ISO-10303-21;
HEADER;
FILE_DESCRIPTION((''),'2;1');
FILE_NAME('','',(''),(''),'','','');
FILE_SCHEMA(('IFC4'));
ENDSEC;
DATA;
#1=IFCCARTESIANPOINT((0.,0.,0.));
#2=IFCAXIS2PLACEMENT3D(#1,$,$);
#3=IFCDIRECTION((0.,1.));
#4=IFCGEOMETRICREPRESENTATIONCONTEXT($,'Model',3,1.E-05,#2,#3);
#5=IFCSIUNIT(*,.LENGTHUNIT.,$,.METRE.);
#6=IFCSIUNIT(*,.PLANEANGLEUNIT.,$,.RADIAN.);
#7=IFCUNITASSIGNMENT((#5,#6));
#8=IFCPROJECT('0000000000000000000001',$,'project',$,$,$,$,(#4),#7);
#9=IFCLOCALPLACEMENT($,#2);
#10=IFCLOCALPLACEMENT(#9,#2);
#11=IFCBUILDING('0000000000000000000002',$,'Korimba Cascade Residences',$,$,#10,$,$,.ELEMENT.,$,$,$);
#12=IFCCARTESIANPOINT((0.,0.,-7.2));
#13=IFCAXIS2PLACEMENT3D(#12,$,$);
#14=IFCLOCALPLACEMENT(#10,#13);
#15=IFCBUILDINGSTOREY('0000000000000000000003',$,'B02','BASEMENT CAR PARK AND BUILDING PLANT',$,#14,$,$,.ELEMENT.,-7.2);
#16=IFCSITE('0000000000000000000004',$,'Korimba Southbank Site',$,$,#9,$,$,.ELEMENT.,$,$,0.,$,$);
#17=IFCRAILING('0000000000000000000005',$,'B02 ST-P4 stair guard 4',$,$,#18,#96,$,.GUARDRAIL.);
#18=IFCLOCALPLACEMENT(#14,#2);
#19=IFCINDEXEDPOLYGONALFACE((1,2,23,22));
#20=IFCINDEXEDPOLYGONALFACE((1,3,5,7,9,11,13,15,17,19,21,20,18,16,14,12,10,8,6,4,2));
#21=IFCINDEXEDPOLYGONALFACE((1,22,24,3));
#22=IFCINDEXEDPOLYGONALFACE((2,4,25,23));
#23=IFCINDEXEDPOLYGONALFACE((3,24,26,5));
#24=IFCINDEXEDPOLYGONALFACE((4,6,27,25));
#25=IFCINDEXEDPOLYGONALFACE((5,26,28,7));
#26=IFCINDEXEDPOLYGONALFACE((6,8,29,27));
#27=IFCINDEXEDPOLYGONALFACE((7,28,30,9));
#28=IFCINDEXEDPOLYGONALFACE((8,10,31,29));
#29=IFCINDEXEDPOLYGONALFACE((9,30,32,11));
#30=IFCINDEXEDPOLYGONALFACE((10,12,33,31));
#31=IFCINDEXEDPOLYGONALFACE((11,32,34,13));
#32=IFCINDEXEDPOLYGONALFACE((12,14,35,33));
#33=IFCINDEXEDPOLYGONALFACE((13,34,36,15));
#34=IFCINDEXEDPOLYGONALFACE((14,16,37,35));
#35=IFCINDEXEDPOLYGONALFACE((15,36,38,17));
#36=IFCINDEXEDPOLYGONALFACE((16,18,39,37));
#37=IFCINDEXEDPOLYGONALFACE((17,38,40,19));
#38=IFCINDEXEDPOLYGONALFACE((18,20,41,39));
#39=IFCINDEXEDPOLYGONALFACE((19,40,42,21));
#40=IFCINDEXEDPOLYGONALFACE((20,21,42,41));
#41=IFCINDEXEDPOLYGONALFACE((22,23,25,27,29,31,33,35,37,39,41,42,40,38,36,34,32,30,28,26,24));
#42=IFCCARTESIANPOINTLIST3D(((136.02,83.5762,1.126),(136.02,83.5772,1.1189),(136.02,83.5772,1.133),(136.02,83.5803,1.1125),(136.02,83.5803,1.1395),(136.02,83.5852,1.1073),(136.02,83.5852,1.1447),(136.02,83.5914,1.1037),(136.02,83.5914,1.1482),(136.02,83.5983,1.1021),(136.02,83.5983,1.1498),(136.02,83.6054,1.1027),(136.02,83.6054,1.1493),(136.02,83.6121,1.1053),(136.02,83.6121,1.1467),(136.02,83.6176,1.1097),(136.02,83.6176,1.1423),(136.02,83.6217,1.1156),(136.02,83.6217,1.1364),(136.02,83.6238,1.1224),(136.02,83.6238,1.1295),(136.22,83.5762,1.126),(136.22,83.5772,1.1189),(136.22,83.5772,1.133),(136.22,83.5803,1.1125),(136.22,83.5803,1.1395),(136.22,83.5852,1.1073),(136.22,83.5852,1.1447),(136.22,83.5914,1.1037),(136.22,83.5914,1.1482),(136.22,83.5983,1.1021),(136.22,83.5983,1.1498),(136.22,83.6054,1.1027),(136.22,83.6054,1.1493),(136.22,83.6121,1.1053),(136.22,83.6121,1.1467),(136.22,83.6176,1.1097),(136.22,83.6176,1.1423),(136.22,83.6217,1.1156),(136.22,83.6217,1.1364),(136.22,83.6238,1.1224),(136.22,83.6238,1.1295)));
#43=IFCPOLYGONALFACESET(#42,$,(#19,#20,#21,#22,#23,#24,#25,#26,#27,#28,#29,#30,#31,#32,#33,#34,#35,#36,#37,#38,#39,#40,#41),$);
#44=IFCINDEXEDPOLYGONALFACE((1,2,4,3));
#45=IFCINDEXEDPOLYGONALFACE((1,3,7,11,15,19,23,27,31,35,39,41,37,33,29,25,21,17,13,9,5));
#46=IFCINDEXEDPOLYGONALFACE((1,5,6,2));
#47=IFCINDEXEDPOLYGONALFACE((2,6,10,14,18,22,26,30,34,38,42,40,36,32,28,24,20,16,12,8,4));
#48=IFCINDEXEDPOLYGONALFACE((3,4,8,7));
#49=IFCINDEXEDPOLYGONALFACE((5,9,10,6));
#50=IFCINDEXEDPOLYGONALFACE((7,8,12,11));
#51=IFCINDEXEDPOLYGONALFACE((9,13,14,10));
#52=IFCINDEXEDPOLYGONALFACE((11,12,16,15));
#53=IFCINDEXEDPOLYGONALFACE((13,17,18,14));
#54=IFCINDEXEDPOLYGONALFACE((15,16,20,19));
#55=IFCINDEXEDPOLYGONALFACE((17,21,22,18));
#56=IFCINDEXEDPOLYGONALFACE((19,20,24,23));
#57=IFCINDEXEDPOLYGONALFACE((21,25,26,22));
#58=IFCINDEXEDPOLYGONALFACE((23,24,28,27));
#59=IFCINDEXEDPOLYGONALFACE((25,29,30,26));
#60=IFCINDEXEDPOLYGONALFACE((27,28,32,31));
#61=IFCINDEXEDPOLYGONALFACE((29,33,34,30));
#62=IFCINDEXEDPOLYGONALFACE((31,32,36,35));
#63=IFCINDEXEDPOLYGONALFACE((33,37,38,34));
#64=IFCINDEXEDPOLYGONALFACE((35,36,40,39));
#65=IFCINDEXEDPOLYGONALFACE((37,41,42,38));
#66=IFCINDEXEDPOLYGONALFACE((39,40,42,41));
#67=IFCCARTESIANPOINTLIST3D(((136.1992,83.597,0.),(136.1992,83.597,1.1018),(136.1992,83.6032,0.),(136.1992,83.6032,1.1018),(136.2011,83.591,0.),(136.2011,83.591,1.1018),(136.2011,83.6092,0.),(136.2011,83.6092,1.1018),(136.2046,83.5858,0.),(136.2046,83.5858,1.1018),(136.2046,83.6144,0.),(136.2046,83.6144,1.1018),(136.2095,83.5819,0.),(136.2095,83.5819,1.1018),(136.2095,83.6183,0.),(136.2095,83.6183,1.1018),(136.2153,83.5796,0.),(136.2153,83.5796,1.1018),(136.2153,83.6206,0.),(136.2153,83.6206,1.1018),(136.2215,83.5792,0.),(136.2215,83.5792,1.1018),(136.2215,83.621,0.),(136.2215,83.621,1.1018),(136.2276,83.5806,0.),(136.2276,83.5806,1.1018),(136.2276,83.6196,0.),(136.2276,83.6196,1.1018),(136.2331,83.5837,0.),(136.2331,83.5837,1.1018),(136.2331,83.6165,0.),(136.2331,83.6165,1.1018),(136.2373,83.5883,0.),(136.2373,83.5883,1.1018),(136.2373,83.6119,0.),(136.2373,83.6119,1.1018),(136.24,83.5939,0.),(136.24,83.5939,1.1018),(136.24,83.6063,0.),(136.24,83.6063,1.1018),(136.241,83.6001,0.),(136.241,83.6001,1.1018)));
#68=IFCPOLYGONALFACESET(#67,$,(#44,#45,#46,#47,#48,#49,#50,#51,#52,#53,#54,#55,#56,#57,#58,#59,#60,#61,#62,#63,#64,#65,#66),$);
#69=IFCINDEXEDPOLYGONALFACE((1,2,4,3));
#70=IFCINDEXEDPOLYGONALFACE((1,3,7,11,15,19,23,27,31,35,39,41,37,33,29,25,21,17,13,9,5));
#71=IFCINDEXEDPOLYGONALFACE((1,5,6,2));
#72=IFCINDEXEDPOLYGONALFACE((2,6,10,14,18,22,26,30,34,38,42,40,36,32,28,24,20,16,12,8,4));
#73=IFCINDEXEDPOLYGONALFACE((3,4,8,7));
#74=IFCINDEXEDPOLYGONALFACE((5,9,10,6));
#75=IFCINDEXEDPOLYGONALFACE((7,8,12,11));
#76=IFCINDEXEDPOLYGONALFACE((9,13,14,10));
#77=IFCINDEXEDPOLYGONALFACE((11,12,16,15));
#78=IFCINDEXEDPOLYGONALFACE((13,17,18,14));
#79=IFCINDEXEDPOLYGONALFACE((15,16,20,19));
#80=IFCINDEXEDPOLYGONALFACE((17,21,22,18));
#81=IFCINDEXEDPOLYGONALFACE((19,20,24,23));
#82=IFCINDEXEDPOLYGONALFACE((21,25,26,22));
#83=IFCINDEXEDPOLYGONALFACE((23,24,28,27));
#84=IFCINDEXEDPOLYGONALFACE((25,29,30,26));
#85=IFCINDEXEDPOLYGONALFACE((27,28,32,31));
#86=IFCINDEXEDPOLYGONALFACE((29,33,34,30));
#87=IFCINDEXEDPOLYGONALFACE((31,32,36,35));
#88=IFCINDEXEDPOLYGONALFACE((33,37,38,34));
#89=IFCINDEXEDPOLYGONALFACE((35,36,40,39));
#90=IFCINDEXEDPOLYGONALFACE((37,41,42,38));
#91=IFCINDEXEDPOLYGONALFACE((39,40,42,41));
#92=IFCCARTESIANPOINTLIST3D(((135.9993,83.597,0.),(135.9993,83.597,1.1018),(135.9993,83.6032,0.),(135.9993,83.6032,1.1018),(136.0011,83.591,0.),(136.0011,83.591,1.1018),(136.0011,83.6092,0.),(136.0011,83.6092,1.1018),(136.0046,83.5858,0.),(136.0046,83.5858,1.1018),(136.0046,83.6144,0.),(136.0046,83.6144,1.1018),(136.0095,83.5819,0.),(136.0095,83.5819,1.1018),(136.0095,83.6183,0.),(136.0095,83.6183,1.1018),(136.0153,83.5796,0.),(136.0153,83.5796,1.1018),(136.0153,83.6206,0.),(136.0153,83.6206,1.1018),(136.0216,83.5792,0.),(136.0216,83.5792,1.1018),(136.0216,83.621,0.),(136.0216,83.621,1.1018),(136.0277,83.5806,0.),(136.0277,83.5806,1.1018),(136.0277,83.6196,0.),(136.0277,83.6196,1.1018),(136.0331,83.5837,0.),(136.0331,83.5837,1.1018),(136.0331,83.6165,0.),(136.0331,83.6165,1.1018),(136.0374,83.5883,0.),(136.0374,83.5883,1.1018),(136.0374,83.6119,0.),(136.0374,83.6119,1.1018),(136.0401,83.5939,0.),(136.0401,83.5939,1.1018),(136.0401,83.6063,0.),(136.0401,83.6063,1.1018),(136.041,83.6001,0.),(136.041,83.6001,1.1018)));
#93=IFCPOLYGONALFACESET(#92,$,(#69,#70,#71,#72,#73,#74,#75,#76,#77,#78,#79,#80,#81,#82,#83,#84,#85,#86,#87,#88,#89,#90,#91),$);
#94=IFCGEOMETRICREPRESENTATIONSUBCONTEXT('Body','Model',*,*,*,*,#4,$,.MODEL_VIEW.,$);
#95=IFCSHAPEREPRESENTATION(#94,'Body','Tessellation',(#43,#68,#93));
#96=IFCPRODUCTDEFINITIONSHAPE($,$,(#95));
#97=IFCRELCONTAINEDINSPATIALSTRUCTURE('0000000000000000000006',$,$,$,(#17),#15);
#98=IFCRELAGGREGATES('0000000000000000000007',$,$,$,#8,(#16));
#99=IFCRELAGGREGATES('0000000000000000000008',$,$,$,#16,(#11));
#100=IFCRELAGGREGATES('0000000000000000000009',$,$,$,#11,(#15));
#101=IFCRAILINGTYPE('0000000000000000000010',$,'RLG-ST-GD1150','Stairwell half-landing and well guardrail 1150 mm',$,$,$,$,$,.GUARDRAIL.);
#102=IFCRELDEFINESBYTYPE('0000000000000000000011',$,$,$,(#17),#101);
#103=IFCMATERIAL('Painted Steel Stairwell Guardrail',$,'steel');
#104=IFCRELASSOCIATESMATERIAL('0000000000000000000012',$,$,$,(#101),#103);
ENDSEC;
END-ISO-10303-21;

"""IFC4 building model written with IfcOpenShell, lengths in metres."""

from ifc_helpers import new_model, si_unit, direction, frame, origin, origin_2d, place, context, subcontext, project, spatial, circle, extrude, material, type_object, element, save


model = new_model("IFC4")

# Units and contexts
model_context = context("Model", 3, precision=1e-05, world=origin(), true_north=direction((0.0, 1.0)))
body_context = subcontext(model_context, "Body", "Model", "MODEL_VIEW")
ifc_project = project(units=[si_unit("LENGTHUNIT", "METRE"), si_unit("PLANEANGLEUNIT", "RADIAN")], contexts=[model_context])

# Site, building, storey
site_placement = place(None, origin())
site = spatial("IfcSite", under=ifc_project, at=site_placement, Name="Korimba Southbank Site", CompositionType="ELEMENT", RefElevation=0.0)
building_placement = place(site_placement, origin())
building = spatial("IfcBuilding", under=site, at=building_placement, Name="Korimba Cascade Residences", CompositionType="ELEMENT")
storey_placement = place(building_placement, frame((0.0, 0.0, -7.2)))
storey = spatial("IfcBuildingStorey", under=building, at=storey_placement, Name="B02", Description="BASEMENT CAR PARK AND BUILDING PLANT", CompositionType="ELEMENT", Elevation=-7.2)

# Railing
ifc_material_1 = material(Name="Painted Steel Stairwell Guardrail", Category="steel")
railing_type_1 = type_object("IfcRailingType", Name="RLG-ST-GD1150", Description="Stairwell half-landing and well guardrail 1150 mm", PredefinedType="GUARDRAIL", material=ifc_material_1)
railing_1_placement = place(storey_placement, frame((136.22, 83.6001, 0.0)))
element("IfcRailing", 1, at=railing_1_placement, inside=storey, type_object=railing_type_1, Name="B02 ST-P4 stair guard 4", PredefinedType="GUARDRAIL", context=body_context, shape_type="SweptSolid", body=[
    extrude(circle(Radius=0.0239, at=origin_2d()), frame((0.0, 0.0, 1.126), z_axis=(-1.0, 0.0, 0.0), x_axis=(0.0, -1.0, 0.0)), (0.0, 0.0, 1.0), 0.2),
    extrude(circle(Radius=0.021, at=origin_2d()), origin(), (0.0, 0.0, 1.0), 1.1018),
    extrude(circle(Radius=0.021, at=origin_2d()), frame((-0.2, 0.0, 0.0)), (0.0, 0.0, 1.0), 1.1018),
])

save(model, "model.ifc")
